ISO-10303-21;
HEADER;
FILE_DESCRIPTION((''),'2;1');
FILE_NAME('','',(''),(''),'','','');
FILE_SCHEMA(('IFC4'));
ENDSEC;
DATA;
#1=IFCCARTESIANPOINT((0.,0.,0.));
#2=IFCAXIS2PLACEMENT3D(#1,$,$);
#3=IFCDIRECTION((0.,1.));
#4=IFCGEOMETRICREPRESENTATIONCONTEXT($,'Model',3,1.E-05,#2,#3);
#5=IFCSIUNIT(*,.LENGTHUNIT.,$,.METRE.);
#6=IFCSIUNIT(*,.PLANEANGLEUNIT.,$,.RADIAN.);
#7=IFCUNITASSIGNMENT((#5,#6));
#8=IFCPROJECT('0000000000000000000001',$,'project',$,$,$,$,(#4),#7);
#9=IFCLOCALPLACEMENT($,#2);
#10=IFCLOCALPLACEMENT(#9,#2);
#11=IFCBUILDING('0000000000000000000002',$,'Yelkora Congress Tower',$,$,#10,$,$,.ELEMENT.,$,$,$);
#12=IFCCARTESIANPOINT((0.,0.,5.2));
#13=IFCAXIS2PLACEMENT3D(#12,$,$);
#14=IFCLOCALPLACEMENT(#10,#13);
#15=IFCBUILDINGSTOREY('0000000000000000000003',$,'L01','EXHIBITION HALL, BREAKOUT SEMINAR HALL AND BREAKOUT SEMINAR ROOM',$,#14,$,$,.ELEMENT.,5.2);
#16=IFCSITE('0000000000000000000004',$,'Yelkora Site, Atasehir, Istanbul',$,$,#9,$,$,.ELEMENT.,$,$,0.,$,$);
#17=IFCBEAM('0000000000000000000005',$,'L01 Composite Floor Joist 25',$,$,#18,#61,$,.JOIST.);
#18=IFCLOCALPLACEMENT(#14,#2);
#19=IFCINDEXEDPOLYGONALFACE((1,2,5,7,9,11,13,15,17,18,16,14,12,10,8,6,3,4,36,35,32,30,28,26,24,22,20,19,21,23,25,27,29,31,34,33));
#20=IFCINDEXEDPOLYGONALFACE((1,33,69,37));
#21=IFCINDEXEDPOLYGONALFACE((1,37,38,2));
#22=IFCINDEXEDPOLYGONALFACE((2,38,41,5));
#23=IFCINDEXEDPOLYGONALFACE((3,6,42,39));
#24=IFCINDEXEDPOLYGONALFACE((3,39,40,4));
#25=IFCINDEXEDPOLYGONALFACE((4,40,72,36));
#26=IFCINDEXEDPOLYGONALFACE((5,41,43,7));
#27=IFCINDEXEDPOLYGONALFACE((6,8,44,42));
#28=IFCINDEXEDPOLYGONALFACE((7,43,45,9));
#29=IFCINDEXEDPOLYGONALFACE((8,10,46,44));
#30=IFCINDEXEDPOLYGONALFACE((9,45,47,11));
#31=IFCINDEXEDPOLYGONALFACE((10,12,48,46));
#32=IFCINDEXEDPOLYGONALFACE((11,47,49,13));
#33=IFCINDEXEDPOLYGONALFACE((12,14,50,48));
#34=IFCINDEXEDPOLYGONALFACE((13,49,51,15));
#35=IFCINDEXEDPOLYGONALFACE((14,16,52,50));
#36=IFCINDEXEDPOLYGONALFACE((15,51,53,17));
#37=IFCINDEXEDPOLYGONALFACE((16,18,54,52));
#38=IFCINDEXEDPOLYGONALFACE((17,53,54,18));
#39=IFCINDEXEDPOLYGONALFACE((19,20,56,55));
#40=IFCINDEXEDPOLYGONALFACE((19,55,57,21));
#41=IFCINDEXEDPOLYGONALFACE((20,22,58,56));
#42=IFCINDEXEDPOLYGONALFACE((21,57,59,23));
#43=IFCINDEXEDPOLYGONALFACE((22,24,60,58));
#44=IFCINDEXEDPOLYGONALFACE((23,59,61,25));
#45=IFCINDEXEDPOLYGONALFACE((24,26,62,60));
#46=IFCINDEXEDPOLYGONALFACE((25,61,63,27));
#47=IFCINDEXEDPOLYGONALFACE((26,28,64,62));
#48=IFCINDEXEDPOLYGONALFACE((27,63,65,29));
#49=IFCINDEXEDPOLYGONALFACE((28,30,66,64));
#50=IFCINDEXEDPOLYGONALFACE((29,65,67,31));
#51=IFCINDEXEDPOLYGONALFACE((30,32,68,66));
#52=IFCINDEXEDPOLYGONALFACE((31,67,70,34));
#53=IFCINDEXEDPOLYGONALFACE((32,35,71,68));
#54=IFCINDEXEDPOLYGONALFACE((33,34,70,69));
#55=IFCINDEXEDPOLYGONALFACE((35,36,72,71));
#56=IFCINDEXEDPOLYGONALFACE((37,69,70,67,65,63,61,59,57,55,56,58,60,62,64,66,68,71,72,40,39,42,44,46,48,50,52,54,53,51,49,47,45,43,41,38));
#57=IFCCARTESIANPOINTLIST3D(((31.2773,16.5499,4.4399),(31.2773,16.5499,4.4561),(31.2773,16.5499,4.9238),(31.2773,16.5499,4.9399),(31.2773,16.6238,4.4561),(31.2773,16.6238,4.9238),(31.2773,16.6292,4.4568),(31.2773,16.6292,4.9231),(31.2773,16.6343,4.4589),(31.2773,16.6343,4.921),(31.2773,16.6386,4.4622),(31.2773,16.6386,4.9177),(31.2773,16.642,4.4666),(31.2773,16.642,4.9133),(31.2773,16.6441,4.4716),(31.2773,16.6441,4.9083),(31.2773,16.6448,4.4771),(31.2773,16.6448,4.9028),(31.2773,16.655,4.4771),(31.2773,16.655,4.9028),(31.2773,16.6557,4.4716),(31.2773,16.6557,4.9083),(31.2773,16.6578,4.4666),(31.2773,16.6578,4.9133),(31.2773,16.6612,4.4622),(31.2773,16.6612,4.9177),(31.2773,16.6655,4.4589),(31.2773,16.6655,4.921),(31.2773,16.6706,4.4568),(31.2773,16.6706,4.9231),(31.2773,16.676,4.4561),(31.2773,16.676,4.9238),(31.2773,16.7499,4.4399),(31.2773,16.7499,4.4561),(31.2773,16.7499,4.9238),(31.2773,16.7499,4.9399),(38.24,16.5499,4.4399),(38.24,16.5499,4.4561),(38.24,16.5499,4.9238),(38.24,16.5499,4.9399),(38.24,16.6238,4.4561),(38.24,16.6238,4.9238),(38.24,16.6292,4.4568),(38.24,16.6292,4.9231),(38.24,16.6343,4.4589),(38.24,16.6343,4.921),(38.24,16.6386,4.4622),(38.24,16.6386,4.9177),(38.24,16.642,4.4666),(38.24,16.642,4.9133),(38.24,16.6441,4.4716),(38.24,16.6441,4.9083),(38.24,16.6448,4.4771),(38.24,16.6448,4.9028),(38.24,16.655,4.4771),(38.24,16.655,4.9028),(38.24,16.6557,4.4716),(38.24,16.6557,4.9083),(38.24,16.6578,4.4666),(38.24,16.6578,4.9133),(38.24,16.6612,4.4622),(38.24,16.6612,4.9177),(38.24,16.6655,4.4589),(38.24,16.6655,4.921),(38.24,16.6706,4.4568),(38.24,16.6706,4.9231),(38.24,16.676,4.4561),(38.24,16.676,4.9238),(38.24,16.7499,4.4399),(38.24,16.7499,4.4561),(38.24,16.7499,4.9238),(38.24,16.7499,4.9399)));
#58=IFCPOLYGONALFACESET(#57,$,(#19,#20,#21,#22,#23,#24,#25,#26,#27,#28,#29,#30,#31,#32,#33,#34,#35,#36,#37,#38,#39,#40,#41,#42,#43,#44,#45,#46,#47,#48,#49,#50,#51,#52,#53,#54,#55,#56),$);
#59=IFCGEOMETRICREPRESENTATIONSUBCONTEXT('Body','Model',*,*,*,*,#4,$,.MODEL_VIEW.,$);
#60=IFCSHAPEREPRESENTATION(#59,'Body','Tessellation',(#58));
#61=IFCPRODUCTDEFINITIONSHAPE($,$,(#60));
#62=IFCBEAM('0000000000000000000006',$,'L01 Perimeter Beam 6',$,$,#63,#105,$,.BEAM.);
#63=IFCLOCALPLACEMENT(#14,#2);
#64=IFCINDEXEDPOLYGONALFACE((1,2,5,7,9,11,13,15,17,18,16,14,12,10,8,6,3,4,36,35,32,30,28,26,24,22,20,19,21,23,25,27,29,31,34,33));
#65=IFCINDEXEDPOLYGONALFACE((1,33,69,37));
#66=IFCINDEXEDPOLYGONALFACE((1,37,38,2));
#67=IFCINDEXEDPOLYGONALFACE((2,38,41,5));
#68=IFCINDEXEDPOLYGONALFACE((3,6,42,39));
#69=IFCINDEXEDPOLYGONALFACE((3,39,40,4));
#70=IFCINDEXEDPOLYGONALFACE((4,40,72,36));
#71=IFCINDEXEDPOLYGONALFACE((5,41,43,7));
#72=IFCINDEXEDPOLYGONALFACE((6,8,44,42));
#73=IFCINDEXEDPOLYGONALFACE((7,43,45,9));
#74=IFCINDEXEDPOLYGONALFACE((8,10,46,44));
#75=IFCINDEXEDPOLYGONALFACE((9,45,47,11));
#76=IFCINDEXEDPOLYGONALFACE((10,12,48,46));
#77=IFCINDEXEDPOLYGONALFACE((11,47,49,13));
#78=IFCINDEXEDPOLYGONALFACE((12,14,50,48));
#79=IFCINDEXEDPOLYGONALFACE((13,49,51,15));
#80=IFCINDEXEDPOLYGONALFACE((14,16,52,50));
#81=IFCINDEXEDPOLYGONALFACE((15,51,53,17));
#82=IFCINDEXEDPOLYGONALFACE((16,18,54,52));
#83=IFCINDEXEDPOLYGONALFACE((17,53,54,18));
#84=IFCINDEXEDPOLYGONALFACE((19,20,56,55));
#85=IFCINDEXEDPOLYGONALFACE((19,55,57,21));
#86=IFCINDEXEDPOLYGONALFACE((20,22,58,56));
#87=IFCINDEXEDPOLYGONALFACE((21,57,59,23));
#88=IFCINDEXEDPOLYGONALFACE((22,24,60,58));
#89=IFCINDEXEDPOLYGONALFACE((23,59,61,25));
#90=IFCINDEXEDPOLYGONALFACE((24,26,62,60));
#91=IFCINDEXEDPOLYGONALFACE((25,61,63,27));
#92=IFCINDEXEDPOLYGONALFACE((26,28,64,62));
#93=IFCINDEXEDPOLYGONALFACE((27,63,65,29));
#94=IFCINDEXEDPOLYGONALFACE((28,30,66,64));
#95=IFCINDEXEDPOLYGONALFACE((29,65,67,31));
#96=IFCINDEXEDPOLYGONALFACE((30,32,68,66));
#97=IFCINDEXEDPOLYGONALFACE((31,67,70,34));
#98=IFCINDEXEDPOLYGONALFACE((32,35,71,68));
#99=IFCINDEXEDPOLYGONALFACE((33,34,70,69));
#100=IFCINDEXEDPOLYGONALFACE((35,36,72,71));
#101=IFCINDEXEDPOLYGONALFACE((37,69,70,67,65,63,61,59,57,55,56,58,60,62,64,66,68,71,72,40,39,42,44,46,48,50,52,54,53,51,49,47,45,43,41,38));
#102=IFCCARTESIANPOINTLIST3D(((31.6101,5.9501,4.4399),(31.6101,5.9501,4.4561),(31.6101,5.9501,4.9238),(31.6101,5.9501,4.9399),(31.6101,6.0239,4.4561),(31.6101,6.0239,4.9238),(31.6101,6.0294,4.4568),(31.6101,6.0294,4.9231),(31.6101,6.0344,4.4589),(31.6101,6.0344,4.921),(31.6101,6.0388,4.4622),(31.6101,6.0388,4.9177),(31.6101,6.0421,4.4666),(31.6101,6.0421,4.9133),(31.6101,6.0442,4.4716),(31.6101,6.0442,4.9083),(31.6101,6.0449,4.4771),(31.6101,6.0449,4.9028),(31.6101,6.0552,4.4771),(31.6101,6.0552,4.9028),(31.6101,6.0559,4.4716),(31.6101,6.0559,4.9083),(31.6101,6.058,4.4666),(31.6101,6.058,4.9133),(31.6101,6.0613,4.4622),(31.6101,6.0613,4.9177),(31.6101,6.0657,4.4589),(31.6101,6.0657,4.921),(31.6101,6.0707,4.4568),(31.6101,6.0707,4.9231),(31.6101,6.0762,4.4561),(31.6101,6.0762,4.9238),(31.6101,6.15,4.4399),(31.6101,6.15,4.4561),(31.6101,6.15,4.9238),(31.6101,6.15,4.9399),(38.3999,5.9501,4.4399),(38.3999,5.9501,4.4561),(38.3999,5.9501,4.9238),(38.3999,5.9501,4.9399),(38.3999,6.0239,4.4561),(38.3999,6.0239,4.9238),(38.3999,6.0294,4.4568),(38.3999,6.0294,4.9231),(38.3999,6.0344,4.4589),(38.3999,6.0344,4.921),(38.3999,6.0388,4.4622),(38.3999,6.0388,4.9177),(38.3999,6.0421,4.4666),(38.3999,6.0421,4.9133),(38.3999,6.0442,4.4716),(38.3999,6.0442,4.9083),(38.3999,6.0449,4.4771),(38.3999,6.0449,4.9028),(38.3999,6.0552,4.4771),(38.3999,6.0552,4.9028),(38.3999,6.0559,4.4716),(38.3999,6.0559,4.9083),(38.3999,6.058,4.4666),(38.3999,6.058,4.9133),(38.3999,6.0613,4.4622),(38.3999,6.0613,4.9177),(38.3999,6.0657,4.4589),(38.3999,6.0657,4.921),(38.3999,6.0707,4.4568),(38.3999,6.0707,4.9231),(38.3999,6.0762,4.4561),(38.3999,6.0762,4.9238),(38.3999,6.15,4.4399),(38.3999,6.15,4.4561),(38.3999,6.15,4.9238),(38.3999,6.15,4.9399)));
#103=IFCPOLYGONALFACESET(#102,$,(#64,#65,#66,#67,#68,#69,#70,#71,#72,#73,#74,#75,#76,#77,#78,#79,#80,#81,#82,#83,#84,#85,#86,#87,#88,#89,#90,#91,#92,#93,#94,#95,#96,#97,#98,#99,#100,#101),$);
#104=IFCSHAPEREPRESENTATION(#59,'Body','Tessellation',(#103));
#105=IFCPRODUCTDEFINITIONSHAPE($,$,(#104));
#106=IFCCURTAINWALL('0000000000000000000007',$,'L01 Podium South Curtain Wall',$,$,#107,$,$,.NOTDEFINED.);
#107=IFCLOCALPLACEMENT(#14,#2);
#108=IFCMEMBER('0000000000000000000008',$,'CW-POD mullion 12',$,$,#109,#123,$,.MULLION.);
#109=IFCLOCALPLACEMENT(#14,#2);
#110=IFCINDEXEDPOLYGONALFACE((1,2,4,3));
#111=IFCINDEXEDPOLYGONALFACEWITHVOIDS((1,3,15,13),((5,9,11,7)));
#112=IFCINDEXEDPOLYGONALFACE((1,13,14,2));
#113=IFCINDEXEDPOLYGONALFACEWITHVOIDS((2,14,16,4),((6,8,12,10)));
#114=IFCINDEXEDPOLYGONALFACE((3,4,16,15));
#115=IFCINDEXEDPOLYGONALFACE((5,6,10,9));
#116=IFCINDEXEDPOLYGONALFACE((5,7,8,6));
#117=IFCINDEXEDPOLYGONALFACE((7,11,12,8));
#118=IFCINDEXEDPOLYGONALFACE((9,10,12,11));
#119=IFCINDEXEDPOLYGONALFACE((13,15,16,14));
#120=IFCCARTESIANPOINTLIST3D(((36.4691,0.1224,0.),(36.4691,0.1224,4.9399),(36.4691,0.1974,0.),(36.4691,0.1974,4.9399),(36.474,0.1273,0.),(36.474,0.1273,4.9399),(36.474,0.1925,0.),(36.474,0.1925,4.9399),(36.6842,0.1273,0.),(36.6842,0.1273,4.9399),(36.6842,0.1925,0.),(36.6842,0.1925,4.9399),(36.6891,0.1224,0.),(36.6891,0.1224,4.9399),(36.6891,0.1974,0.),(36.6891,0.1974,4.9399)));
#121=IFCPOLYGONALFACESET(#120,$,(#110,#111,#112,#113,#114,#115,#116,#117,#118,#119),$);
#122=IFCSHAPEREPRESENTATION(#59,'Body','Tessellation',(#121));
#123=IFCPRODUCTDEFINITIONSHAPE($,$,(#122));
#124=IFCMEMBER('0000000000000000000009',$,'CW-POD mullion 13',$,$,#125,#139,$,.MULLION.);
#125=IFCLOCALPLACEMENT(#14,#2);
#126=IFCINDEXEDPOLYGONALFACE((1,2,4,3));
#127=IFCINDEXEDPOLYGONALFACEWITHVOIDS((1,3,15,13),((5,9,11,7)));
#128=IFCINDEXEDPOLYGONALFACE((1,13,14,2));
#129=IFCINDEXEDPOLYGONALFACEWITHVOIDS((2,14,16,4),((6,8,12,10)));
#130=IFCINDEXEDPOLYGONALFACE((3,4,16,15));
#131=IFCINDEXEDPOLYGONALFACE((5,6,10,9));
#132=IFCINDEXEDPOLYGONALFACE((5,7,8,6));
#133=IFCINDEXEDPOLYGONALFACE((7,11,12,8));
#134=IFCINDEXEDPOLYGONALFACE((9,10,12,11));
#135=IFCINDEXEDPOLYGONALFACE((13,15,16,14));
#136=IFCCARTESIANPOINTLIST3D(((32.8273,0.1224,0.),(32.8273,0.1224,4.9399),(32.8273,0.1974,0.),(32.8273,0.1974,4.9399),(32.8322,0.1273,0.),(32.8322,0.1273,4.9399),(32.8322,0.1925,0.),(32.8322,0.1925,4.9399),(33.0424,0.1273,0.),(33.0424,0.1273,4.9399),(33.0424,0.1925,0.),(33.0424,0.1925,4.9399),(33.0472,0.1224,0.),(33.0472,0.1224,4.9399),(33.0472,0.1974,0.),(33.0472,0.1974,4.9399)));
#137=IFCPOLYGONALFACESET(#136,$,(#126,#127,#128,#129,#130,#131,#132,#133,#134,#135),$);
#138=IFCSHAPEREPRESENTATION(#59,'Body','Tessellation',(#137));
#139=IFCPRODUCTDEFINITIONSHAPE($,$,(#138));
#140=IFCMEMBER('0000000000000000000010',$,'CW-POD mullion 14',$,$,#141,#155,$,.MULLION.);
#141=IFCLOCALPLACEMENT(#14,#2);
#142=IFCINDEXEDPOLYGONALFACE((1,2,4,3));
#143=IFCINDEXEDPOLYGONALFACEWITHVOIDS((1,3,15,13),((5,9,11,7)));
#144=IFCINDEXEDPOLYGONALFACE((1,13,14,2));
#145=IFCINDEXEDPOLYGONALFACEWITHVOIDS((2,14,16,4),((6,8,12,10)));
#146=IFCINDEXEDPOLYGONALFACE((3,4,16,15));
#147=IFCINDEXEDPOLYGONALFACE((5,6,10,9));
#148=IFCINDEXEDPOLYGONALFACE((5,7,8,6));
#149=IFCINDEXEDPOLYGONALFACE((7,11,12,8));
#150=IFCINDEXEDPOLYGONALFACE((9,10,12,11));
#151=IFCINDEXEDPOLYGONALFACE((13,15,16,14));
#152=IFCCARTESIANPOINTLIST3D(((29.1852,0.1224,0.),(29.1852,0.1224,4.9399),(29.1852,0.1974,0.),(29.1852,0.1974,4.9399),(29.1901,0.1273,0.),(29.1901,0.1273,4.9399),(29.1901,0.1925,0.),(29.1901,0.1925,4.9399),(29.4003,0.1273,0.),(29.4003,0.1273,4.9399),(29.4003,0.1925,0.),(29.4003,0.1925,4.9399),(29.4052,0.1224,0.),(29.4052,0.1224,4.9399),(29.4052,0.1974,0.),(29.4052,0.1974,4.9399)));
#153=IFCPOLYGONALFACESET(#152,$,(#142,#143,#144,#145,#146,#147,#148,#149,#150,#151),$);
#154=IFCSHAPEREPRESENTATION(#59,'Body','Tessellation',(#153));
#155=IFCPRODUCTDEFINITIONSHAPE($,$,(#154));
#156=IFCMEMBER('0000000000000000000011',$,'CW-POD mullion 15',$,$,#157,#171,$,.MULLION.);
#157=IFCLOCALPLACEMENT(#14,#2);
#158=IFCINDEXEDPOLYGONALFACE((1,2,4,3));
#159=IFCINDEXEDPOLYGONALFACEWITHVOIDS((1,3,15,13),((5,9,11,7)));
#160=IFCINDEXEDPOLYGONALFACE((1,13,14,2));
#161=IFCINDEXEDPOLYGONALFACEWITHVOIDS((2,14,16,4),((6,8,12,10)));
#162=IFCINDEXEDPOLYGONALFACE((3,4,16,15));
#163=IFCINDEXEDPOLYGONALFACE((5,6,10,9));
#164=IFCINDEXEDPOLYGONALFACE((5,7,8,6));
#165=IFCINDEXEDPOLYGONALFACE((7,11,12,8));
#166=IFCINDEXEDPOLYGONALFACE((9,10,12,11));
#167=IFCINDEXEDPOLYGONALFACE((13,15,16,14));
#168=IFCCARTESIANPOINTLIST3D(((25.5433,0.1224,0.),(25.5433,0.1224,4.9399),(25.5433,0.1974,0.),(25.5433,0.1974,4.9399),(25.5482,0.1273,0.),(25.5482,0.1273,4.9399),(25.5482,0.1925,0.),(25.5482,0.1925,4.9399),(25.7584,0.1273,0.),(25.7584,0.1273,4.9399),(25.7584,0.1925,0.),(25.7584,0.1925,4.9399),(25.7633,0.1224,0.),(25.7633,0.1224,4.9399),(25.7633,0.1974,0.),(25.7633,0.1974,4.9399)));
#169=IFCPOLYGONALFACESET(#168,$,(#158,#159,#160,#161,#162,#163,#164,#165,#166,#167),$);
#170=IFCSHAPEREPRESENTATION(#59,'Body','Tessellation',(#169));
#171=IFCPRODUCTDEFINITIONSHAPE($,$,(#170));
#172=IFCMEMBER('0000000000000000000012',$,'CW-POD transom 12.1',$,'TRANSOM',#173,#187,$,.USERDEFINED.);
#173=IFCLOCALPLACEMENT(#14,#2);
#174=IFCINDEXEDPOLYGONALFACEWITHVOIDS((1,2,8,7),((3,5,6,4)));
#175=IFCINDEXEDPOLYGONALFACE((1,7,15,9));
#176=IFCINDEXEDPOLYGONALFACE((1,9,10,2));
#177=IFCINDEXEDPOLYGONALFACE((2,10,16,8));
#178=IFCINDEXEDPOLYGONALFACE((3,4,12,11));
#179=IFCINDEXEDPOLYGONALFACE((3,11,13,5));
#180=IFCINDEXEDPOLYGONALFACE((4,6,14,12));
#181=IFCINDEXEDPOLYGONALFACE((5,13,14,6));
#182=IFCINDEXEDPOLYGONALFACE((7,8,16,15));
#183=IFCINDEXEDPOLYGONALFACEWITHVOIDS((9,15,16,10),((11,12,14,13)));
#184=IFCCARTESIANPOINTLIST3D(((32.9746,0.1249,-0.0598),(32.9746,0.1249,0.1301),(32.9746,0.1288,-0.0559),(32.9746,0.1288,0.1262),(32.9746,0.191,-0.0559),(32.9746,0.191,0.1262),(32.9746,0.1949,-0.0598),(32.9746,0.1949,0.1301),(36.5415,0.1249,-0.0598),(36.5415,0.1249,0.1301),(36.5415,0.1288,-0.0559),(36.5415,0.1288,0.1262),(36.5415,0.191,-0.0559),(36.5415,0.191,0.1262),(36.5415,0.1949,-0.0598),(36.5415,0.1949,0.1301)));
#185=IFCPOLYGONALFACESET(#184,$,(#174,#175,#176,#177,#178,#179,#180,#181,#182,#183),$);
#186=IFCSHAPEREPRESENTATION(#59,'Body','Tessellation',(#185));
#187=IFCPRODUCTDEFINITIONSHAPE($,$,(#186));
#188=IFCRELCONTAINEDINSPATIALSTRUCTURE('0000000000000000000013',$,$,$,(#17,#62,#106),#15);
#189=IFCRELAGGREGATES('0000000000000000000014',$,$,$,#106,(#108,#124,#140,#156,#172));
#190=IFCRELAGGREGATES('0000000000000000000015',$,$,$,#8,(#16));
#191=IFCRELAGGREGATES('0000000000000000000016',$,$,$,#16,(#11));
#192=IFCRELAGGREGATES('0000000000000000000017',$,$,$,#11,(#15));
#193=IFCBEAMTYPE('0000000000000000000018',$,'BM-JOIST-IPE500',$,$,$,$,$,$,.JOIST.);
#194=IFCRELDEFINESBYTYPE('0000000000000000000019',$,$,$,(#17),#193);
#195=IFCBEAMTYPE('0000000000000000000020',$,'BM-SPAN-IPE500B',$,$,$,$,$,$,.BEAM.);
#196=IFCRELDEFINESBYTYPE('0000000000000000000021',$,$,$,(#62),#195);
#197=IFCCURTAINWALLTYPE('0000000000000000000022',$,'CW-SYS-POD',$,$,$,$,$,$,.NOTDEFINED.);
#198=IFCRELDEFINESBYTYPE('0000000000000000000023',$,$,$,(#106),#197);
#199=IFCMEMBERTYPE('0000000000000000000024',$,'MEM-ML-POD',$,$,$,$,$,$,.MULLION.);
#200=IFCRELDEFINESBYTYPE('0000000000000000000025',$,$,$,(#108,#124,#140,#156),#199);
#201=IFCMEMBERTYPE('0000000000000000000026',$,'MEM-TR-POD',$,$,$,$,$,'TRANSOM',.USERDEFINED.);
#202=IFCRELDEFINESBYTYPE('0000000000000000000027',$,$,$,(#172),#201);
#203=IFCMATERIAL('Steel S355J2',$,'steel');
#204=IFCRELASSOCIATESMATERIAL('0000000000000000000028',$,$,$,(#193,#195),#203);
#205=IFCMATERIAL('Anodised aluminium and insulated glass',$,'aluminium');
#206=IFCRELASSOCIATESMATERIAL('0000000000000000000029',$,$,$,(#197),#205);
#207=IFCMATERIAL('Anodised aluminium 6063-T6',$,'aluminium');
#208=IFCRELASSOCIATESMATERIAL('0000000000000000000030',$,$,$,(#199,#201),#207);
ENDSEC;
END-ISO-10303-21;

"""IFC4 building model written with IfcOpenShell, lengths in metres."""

from ifc_helpers import new_model, si_unit, direction, frame, origin, origin_2d, place, context, subcontext, project, spatial, hollow_rectangle, i_section, extrude, material, material_profile, profile_set, type_object, element, aggregate, save


model = new_model("IFC4")

# Units and contexts
model_context = context("Model", 3, precision=1e-05, world=origin(), true_north=direction((0.0, 1.0)))
body_context = subcontext(model_context, "Body", "Model", "MODEL_VIEW")
ifc_project = project(units=[si_unit("LENGTHUNIT", "METRE"), si_unit("PLANEANGLEUNIT", "RADIAN")], contexts=[model_context])

# Site, building, storey
site_placement = place(None, origin())
site = spatial("IfcSite", under=ifc_project, at=site_placement, Name="Yelkora Site, Atasehir, Istanbul", CompositionType="ELEMENT", RefElevation=0.0)
building_placement = place(site_placement, origin())
building = spatial("IfcBuilding", under=site, at=building_placement, Name="Yelkora Congress Tower", CompositionType="ELEMENT")
storey_placement = place(building_placement, frame((0.0, 0.0, 5.2)))
storey = spatial("IfcBuildingStorey", under=building, at=storey_placement, Name="L01", Description="EXHIBITION HALL, BREAKOUT SEMINAR HALL AND BREAKOUT SEMINAR ROOM", CompositionType="ELEMENT", Elevation=5.2)

# Beams
ifc_material_1 = material(Name="Steel S355J2", Category="steel")
ifc_material_profile_1 = material_profile(ifc_material_1, i_section(OverallWidth=0.2, OverallDepth=0.5, WebThickness=0.0103, FlangeThickness=0.0161, FilletRadius=0.021, at=origin_2d()), Name="IPE 500")
ifc_profile_set_1 = profile_set([ifc_material_profile_1], Name="Steel S355J2")
beam_type_1 = type_object("IfcBeamType", Name="BM-JOIST-IPE500", PredefinedType="JOIST", material=ifc_profile_set_1)
beam_1_placement = place(storey_placement, frame((31.2773, 16.6499, 4.6899), z_axis=(1.0, 0.0, 0.0), x_axis=(0.0, 1.0, 0.0)))
element("IfcBeam", 1, at=beam_1_placement, inside=storey, type_object=beam_type_1, Name="L01 Composite Floor Joist 25", PredefinedType="JOIST", context=body_context, shape_type="SweptSolid", body=[
    extrude(i_section(OverallWidth=0.2, OverallDepth=0.5, WebThickness=0.0103, FlangeThickness=0.0161, FilletRadius=0.021, at=origin_2d()), origin(), (0.0, 0.0, 1.0), 6.9626),
])
ifc_material_profile_2 = material_profile(ifc_material_1, i_section(OverallWidth=0.2, OverallDepth=0.5, WebThickness=0.0103, FlangeThickness=0.0161, FilletRadius=0.021, at=origin_2d()), Name="IPE 500")
ifc_profile_set_2 = profile_set([ifc_material_profile_2], Name="Steel S355J2")
beam_type_2 = type_object("IfcBeamType", Name="BM-SPAN-IPE500B", PredefinedType="BEAM", material=ifc_profile_set_2)
beam_2_placement = place(storey_placement, frame((31.6101, 6.05, 4.6899), z_axis=(1.0, 0.0, 0.0), x_axis=(0.0, 1.0, 0.0)))
element("IfcBeam", 2, at=beam_2_placement, inside=storey, type_object=beam_type_2, Name="L01 Perimeter Beam 6", PredefinedType="BEAM", context=body_context, shape_type="SweptSolid", body=[
    extrude(i_section(OverallWidth=0.2, OverallDepth=0.5, WebThickness=0.0103, FlangeThickness=0.0161, FilletRadius=0.021, at=origin_2d()), origin(), (0.0, 0.0, 1.0), 6.7898),
])

# Curtain wall, members
ifc_material_2 = material(Name="Anodised aluminium and insulated glass", Category="aluminium")
curtain_wall_type = type_object("IfcCurtainWallType", Name="CW-SYS-POD", PredefinedType="NOTDEFINED", material=ifc_material_2)
curtain_wall_placement = place(storey_placement, origin())
curtain_wall = element("IfcCurtainWall", 3, at=curtain_wall_placement, inside=storey, type_object=curtain_wall_type, Name="L01 Podium South Curtain Wall", PredefinedType="NOTDEFINED")
ifc_material_3 = material(Name="Anodised aluminium 6063-T6", Category="aluminium")
ifc_material_profile_3 = material_profile(ifc_material_3, hollow_rectangle(XDim=0.075, YDim=0.22, WallThickness=0.0049, at=origin_2d()), Name="ALU 75x220x5")
ifc_profile_set_3 = profile_set([ifc_material_profile_3], Name="Anodised aluminium 6063-T6")
member_type_1 = type_object("IfcMemberType", Name="MEM-ML-POD", PredefinedType="MULLION", material=ifc_profile_set_3)
member_1_placement = place(storey_placement, frame((36.5791, 0.1599, 0.0), z_axis=(0.0, 0.0, 1.0), x_axis=(0.0, -1.0, 0.0)))
member_1 = element("IfcMember", 4, at=member_1_placement, type_object=member_type_1, Name="CW-POD mullion 12", PredefinedType="MULLION", context=body_context, shape_type="SweptSolid", body=[
    extrude(hollow_rectangle(XDim=0.075, YDim=0.22, WallThickness=0.0049, at=origin_2d()), origin(), (0.0, 0.0, 1.0), 4.9399),
])
member_2_placement = place(storey_placement, frame((32.9373, 0.1599, 0.0), z_axis=(0.0, 0.0, 1.0), x_axis=(0.0, -1.0, 0.0)))
member_2 = element("IfcMember", 5, at=member_2_placement, type_object=member_type_1, Name="CW-POD mullion 13", PredefinedType="MULLION", context=body_context, shape_type="SweptSolid", body=[
    extrude(hollow_rectangle(XDim=0.075, YDim=0.22, WallThickness=0.0049, at=origin_2d()), origin(), (0.0, 0.0, 1.0), 4.9399),
])
member_3_placement = place(storey_placement, frame((29.2952, 0.1599, 0.0), z_axis=(0.0, 0.0, 1.0), x_axis=(0.0, -1.0, 0.0)))
member_3 = element("IfcMember", 6, at=member_3_placement, type_object=member_type_1, Name="CW-POD mullion 14", PredefinedType="MULLION", context=body_context, shape_type="SweptSolid", body=[
    extrude(hollow_rectangle(XDim=0.075, YDim=0.22, WallThickness=0.0049, at=origin_2d()), origin(), (0.0, 0.0, 1.0), 4.9399),
])
member_4_placement = place(storey_placement, frame((25.6533, 0.1599, 0.0), z_axis=(0.0, 0.0, 1.0), x_axis=(0.0, -1.0, 0.0)))
member_4 = element("IfcMember", 7, at=member_4_placement, type_object=member_type_1, Name="CW-POD mullion 15", PredefinedType="MULLION", context=body_context, shape_type="SweptSolid", body=[
    extrude(hollow_rectangle(XDim=0.075, YDim=0.22, WallThickness=0.0049, at=origin_2d()), origin(), (0.0, 0.0, 1.0), 4.9399),
])
ifc_material_profile_4 = material_profile(ifc_material_3, hollow_rectangle(XDim=0.0701, YDim=0.1899, WallThickness=0.0039, at=origin_2d()), Name="ALU 70x190x4")
ifc_profile_set_4 = profile_set([ifc_material_profile_4], Name="Anodised aluminium 6063-T6")
member_type_2 = type_object("IfcMemberType", Name="MEM-TR-POD", ElementType="TRANSOM", PredefinedType="USERDEFINED", material=ifc_profile_set_4)
member_5_placement = place(storey_placement, frame((36.5415, 0.1599, 0.0352), z_axis=(-1.0, 0.0, 0.0), x_axis=(0.0, -1.0, 0.0)))
member_5 = element("IfcMember", 8, at=member_5_placement, type_object=member_type_2, Name="CW-POD transom 12.1", ObjectType="TRANSOM", PredefinedType="USERDEFINED", context=body_context, shape_type="SweptSolid", body=[
    extrude(hollow_rectangle(XDim=0.0701, YDim=0.1899, WallThickness=0.0039, at=origin_2d()), origin(), (0.0, 0.0, 1.0), 3.5669),
])
aggregate(curtain_wall, [member_1, member_2, member_3, member_4, member_5])

save(model, "model.ifc")
